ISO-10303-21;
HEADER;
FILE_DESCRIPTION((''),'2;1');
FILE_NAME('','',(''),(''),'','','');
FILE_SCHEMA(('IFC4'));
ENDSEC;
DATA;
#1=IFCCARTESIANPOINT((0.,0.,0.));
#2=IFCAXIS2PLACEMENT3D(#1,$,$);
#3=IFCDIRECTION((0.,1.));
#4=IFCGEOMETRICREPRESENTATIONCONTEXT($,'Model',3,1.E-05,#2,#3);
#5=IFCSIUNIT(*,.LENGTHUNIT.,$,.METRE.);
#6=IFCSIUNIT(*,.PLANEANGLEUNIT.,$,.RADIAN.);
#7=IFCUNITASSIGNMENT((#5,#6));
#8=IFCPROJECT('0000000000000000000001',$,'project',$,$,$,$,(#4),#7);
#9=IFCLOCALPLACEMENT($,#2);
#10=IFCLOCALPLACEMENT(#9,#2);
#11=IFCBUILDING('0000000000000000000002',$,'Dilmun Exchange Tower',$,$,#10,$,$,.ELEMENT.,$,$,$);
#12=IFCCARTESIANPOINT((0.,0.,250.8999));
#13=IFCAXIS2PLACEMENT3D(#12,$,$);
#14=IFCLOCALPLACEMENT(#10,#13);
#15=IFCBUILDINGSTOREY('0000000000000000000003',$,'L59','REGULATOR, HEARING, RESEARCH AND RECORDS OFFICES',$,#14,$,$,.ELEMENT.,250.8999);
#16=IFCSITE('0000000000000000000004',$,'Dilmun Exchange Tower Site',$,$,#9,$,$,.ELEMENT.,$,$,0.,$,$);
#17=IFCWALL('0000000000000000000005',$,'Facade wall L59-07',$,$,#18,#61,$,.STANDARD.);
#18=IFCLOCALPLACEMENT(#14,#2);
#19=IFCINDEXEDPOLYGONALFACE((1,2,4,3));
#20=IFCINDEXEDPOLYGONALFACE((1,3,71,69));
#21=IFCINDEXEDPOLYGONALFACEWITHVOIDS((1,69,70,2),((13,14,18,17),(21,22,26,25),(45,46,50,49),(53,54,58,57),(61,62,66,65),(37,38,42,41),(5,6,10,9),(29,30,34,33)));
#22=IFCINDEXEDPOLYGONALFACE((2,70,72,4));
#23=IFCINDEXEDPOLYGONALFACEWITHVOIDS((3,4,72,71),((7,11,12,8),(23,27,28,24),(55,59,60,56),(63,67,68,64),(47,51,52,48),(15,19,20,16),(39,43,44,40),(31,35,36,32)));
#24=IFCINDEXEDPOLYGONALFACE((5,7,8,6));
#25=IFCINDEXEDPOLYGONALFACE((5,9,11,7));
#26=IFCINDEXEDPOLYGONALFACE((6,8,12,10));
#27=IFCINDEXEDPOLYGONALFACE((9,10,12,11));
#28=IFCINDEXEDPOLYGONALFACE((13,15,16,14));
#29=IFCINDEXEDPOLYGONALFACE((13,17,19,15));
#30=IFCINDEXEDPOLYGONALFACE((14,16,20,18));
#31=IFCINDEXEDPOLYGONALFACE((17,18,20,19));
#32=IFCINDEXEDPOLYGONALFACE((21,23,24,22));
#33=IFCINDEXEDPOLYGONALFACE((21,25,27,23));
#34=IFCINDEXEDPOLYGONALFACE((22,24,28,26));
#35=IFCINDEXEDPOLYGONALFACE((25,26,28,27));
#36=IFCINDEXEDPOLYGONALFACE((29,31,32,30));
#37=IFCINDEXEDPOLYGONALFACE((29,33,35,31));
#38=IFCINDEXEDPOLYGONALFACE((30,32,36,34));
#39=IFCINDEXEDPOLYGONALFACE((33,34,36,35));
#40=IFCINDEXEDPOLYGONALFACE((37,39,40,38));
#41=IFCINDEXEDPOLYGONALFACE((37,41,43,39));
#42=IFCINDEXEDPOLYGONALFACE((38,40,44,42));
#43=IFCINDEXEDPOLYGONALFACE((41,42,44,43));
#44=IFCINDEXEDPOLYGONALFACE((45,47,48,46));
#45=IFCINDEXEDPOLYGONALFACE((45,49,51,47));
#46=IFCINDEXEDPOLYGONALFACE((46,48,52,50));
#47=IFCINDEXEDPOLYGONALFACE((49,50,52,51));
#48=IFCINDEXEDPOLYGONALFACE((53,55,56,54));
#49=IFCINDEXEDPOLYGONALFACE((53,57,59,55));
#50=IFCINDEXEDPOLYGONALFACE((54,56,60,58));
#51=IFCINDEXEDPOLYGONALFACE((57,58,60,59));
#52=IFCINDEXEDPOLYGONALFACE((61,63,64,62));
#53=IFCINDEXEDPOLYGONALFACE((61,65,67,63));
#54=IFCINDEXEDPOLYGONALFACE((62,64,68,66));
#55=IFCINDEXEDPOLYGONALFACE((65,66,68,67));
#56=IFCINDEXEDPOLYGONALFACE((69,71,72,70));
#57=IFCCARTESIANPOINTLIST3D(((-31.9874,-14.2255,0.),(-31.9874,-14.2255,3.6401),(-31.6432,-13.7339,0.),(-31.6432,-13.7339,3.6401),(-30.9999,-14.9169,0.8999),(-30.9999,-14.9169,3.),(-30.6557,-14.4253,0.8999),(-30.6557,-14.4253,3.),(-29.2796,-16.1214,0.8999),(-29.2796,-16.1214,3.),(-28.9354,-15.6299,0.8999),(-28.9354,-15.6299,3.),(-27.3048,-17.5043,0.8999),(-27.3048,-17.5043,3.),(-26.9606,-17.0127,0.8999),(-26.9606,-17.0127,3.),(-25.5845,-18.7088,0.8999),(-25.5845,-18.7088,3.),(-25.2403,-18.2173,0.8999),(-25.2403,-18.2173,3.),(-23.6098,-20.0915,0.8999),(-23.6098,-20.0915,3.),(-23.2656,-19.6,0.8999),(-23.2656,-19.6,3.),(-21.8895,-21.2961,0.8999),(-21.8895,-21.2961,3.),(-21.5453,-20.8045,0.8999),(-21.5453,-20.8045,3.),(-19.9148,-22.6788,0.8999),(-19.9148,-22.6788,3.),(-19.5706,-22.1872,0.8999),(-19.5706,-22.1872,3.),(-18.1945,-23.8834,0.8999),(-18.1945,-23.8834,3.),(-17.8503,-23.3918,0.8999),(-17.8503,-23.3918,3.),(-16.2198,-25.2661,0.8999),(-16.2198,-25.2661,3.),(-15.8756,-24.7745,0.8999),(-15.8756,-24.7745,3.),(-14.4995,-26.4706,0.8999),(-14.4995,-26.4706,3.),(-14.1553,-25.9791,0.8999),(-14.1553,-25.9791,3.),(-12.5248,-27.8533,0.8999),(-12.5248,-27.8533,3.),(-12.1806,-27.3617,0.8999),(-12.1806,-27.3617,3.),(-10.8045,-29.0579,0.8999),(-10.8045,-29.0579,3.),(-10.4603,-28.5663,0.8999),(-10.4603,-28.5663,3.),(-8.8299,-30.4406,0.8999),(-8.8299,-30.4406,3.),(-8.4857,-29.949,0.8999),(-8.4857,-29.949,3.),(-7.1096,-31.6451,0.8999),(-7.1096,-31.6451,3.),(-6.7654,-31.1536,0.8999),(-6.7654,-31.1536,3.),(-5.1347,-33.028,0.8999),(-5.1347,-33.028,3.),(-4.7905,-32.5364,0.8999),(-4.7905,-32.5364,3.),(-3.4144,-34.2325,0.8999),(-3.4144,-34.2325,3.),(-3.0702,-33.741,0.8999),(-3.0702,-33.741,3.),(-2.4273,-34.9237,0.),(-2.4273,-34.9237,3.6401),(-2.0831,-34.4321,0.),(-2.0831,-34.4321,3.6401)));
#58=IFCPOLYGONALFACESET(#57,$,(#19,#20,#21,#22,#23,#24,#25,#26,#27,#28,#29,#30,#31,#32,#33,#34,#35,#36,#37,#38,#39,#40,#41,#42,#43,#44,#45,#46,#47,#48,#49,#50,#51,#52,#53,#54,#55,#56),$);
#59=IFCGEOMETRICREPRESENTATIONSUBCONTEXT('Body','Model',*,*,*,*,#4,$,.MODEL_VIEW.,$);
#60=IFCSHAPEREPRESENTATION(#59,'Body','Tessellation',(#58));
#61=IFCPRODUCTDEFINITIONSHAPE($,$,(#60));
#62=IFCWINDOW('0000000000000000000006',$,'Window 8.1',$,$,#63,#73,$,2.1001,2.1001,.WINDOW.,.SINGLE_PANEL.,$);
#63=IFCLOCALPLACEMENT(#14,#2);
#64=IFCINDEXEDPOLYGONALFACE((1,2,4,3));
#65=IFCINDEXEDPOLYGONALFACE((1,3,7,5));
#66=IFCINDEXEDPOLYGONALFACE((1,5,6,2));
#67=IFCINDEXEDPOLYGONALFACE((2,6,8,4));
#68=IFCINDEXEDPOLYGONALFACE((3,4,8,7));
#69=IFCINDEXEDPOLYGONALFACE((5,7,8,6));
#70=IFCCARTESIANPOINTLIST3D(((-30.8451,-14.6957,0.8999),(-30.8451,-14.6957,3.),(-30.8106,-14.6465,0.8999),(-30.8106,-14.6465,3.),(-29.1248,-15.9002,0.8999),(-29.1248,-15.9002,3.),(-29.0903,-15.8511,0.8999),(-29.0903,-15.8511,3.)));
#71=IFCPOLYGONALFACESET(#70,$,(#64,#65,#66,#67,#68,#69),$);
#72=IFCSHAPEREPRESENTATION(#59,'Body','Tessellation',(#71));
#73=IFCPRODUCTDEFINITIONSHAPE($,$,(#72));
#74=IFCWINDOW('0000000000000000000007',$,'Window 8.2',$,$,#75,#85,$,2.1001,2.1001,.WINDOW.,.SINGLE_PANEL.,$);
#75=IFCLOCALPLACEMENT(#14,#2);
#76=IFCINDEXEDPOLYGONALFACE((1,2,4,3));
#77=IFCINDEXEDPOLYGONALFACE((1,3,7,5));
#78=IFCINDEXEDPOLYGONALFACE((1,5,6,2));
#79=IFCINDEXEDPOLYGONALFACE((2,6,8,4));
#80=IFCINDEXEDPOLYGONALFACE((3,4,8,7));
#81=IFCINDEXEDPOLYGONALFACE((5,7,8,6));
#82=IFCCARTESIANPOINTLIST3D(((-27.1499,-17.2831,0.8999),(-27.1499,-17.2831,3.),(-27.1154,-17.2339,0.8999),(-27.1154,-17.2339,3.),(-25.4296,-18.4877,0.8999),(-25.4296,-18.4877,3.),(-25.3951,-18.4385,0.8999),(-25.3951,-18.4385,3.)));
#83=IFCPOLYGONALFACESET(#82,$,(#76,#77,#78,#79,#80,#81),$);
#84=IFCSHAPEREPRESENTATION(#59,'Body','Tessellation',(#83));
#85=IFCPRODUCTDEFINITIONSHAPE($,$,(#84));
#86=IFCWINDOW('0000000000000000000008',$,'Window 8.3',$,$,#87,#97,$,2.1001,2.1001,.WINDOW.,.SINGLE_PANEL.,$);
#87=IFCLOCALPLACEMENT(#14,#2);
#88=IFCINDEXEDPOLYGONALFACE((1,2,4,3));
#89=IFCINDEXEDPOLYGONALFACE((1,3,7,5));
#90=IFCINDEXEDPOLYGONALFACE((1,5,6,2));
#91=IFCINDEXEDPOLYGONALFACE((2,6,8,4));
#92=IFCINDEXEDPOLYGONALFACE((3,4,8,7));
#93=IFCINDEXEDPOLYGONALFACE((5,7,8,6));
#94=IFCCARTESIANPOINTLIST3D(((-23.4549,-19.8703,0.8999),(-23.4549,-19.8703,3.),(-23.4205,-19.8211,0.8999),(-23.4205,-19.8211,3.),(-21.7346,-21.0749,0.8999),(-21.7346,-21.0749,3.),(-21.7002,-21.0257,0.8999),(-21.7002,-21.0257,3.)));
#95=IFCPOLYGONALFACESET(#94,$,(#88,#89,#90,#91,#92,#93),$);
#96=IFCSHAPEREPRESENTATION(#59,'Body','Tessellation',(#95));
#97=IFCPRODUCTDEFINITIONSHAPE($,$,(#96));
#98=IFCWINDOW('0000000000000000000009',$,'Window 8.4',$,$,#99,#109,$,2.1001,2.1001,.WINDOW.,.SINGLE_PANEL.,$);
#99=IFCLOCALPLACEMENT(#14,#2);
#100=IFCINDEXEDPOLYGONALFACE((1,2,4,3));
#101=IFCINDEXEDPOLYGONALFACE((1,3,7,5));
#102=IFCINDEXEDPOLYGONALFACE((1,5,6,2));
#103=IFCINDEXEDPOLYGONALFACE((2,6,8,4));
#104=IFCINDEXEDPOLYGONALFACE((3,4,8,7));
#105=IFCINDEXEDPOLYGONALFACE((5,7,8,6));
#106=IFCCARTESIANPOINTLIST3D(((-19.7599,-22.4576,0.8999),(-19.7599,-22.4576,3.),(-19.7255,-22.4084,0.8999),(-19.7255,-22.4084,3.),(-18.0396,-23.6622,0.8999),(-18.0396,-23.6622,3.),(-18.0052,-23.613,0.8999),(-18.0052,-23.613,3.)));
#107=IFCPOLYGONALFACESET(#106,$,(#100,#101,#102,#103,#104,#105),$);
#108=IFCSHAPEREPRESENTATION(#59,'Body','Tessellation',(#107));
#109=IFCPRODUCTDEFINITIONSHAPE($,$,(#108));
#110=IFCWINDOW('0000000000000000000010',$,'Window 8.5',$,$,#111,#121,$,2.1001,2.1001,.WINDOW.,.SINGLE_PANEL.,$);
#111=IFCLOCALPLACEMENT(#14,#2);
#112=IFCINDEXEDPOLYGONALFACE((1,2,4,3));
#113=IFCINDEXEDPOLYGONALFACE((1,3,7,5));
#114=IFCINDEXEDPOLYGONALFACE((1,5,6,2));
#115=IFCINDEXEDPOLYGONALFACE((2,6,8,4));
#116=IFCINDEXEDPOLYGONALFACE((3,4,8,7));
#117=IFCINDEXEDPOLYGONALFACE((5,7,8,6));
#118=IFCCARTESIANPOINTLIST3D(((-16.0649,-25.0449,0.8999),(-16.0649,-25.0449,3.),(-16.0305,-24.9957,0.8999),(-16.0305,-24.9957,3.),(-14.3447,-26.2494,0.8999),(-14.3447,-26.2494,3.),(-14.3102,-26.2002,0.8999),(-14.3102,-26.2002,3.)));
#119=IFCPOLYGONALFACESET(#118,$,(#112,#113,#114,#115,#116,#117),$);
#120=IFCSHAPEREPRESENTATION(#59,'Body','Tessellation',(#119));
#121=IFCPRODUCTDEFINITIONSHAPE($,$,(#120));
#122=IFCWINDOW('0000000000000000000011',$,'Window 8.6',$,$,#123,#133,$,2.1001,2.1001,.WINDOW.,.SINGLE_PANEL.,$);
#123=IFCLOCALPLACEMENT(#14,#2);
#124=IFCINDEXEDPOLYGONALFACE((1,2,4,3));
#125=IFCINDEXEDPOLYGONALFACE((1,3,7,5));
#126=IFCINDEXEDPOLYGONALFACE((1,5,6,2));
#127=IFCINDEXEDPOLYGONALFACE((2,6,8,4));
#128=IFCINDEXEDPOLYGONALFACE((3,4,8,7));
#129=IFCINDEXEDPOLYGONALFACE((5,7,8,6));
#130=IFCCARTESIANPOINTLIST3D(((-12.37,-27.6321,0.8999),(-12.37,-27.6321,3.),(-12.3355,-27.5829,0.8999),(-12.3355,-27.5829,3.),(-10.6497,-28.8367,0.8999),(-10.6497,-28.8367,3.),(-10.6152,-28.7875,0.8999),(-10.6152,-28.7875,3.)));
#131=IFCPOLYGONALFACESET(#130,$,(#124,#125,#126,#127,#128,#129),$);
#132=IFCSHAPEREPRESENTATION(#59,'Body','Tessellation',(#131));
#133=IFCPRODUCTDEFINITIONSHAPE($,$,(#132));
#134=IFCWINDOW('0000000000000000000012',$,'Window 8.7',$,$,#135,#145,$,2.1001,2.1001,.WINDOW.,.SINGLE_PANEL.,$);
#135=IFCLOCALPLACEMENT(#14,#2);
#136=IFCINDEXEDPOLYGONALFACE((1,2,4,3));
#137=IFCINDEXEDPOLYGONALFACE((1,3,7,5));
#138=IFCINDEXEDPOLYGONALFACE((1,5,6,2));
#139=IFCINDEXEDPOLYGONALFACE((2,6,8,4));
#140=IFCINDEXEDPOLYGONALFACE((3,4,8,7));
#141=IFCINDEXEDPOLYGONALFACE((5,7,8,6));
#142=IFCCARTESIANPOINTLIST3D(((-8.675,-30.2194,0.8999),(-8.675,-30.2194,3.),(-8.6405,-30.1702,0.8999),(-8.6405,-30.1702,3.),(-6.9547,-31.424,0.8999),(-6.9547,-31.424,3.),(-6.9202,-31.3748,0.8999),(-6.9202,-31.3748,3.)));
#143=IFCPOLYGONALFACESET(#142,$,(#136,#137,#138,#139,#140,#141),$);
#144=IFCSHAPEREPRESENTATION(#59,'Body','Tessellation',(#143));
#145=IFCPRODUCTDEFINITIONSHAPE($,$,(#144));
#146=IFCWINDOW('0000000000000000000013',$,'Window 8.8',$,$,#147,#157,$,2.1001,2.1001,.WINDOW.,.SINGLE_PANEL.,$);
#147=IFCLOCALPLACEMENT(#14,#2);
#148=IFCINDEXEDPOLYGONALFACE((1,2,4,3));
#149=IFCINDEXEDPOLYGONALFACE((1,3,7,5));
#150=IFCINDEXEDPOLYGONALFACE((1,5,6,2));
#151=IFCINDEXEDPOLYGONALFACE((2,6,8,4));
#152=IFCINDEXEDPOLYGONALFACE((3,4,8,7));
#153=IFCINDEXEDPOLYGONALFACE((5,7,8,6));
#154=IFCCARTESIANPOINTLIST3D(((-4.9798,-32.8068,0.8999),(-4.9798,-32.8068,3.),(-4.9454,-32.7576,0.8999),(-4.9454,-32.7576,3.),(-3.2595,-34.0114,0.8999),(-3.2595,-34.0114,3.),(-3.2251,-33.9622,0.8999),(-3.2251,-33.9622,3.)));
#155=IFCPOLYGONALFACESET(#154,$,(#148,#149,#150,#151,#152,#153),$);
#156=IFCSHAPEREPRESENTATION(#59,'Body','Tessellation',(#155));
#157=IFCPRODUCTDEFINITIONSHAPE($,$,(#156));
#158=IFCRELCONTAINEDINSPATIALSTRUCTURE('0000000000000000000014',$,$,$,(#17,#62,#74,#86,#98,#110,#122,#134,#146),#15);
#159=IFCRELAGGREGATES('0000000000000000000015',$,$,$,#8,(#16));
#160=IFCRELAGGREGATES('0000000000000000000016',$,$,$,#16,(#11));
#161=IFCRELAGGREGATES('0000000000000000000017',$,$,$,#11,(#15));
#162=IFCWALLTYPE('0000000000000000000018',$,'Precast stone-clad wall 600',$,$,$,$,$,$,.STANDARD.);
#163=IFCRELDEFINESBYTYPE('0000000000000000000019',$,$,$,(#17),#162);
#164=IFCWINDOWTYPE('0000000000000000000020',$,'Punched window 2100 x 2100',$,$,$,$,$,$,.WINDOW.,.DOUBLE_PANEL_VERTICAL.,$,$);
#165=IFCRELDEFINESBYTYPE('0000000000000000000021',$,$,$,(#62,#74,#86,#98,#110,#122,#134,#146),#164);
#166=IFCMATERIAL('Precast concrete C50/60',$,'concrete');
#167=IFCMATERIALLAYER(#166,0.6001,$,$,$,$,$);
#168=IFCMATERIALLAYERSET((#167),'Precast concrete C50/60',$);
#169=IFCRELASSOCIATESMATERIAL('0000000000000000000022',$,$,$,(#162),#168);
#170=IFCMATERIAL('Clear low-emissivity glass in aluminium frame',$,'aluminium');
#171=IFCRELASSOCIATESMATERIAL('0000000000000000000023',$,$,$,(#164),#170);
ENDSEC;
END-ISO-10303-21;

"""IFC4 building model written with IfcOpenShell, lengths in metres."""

from ifc_helpers import new_model, si_unit, direction, frame, frame_2d, origin, place, context, subcontext, project, spatial, rectangle, extrude, material, layer, layer_set, type_object, element, fill, save


model = new_model("IFC4")

# Units and contexts
model_context = context("Model", 3, precision=1e-05, world=origin(), true_north=direction((0.0, 1.0)))
body_context = subcontext(model_context, "Body", "Model", "MODEL_VIEW")
ifc_project = project(units=[si_unit("LENGTHUNIT", "METRE"), si_unit("PLANEANGLEUNIT", "RADIAN")], contexts=[model_context])

# Site, building, storey
site_placement = place(None, origin())
site = spatial("IfcSite", under=ifc_project, at=site_placement, Name="Dilmun Exchange Tower Site", CompositionType="ELEMENT", RefElevation=0.0)
building_placement = place(site_placement, origin())
building = spatial("IfcBuilding", under=site, at=building_placement, Name="Dilmun Exchange Tower", CompositionType="ELEMENT")
storey_placement = place(building_placement, frame((0.0, 0.0, 250.8999)))
storey = spatial("IfcBuildingStorey", under=building, at=storey_placement, Name="L59", Description="REGULATOR, HEARING, RESEARCH AND RECORDS OFFICES", CompositionType="ELEMENT", Elevation=250.8999)

# Shared definitions
ifc_material_1 = material(Name="Precast concrete C50/60", Category="concrete")
ifc_layer_1 = layer(ifc_material_1, 0.6001)
ifc_layer_set_1 = layer_set([ifc_layer_1], Name="Precast concrete C50/60")
wall_type_1 = type_object("IfcWallType", Name="Precast stone-clad wall 600", PredefinedType="STANDARD", material=ifc_layer_set_1)
ifc_material_2 = material(Name="Clear low-emissivity glass in aluminium frame", Category="aluminium")

# Wall, openings, windows
wall_1_placement = place(storey_placement, frame((-31.8152, -13.9797, 0.0), z_axis=(0.0, 0.0, 1.0), x_axis=(0.819151, -0.573578, 0.0)))
wall_1 = element("IfcWall", 1, at=wall_1_placement, inside=storey, type_object=wall_type_1, Name="Facade wall L59-07", PredefinedType="STANDARD", context=body_context, shape_type="SweptSolid", body=[
    extrude(rectangle(XDim=36.0862, YDim=0.6001, at=frame_2d((18.043, 0.0))), origin(), (0.0, 0.0, 1.0), 3.6401),
])
opening_1_placement = place(wall_1_placement, frame((1.2053, 0.0, 0.8999)))
opening_1 = element("IfcOpeningElement", 2, at=opening_1_placement, cuts=wall_1, PredefinedType="OPENING", context=body_context, shape_type="SweptSolid", body=[
    extrude(rectangle(XDim=2.1001, YDim=2.1001, at=frame_2d((1.05, 1.05))), frame((0.0, 0.3101, 0.0), z_axis=(0.0, -1.0, 0.0), x_axis=(1.0, 0.0, 0.0)), (0.0, 0.0, 1.0), 0.6201),
])
opening_2_placement = place(wall_1_placement, frame((5.7163, 0.0, 0.8999)))
opening_2 = element("IfcOpeningElement", 3, at=opening_2_placement, cuts=wall_1, PredefinedType="OPENING", context=body_context, shape_type="SweptSolid", body=[
    extrude(rectangle(XDim=2.1001, YDim=2.1001, at=frame_2d((1.05, 1.05))), frame((0.0, 0.3101, 0.0), z_axis=(0.0, -1.0, 0.0), x_axis=(1.0, 0.0, 0.0)), (0.0, 0.0, 1.0), 0.6201),
])
opening_3_placement = place(wall_1_placement, frame((10.2271, 0.0, 0.8999)))
opening_3 = element("IfcOpeningElement", 4, at=opening_3_placement, cuts=wall_1, PredefinedType="OPENING", context=body_context, shape_type="SweptSolid", body=[
    extrude(rectangle(XDim=2.1001, YDim=2.1001, at=frame_2d((1.05, 1.05))), frame((0.0, 0.3101, 0.0), z_axis=(0.0, -1.0, 0.0), x_axis=(1.0, 0.0, 0.0)), (0.0, 0.0, 1.0), 0.6201),
])
opening_4_placement = place(wall_1_placement, frame((14.7378, 0.0, 0.8999)))
opening_4 = element("IfcOpeningElement", 5, at=opening_4_placement, cuts=wall_1, PredefinedType="OPENING", context=body_context, shape_type="SweptSolid", body=[
    extrude(rectangle(XDim=2.1001, YDim=2.1001, at=frame_2d((1.05, 1.05))), frame((0.0, 0.3101, 0.0), z_axis=(0.0, -1.0, 0.0), x_axis=(1.0, 0.0, 0.0)), (0.0, 0.0, 1.0), 0.6201),
])
opening_5_placement = place(wall_1_placement, frame((19.2485, 0.0, 0.8999)))
opening_5 = element("IfcOpeningElement", 6, at=opening_5_placement, cuts=wall_1, PredefinedType="OPENING", context=body_context, shape_type="SweptSolid", body=[
    extrude(rectangle(XDim=2.1001, YDim=2.1001, at=frame_2d((1.05, 1.05))), frame((0.0, 0.3101, 0.0), z_axis=(0.0, -1.0, 0.0), x_axis=(1.0, 0.0, 0.0)), (0.0, 0.0, 1.0), 0.6201),
])
opening_6_placement = place(wall_1_placement, frame((23.7593, 0.0, 0.8999)))
opening_6 = element("IfcOpeningElement", 7, at=opening_6_placement, cuts=wall_1, PredefinedType="OPENING", context=body_context, shape_type="SweptSolid", body=[
    extrude(rectangle(XDim=2.1001, YDim=2.1001, at=frame_2d((1.05, 1.05))), frame((0.0, 0.3101, 0.0), z_axis=(0.0, -1.0, 0.0), x_axis=(1.0, 0.0, 0.0)), (0.0, 0.0, 1.0), 0.6201),
])
opening_7_placement = place(wall_1_placement, frame((28.27, 0.0, 0.8999)))
opening_7 = element("IfcOpeningElement", 8, at=opening_7_placement, cuts=wall_1, PredefinedType="OPENING", context=body_context, shape_type="SweptSolid", body=[
    extrude(rectangle(XDim=2.1001, YDim=2.1001, at=frame_2d((1.05, 1.05))), frame((0.0, 0.3101, 0.0), z_axis=(0.0, -1.0, 0.0), x_axis=(1.0, 0.0, 0.0)), (0.0, 0.0, 1.0), 0.6201),
])
opening_8_placement = place(wall_1_placement, frame((32.781, 0.0, 0.8999)))
opening_8 = element("IfcOpeningElement", 9, at=opening_8_placement, cuts=wall_1, PredefinedType="OPENING", context=body_context, shape_type="SweptSolid", body=[
    extrude(rectangle(XDim=2.1001, YDim=2.1001, at=frame_2d((1.05, 1.05))), frame((0.0, 0.3101, 0.0), z_axis=(0.0, -1.0, 0.0), x_axis=(1.0, 0.0, 0.0)), (0.0, 0.0, 1.0), 0.6201),
])
window_type_1 = type_object("IfcWindowType", Name="Punched window 2100 x 2100", PartitioningType="DOUBLE_PANEL_VERTICAL", PredefinedType="WINDOW", material=ifc_material_2)
window_1_placement = place(opening_1_placement, origin())
window_1 = element("IfcWindow", 10, at=window_1_placement, inside=storey, type_object=window_type_1, Name="Window 8.1", OverallHeight=2.1001, OverallWidth=2.1001, PartitioningType="SINGLE_PANEL", PredefinedType="WINDOW", context=body_context, shape_type="SweptSolid", body=[
    extrude(rectangle(XDim=2.1001, YDim=2.1001, at=frame_2d((1.05, 1.05))), frame((0.0, 0.03, 0.0), z_axis=(0.0, -1.0, 0.0), x_axis=(1.0, 0.0, 0.0)), (0.0, 0.0, 1.0), 0.0601),
])
fill(opening_1, window_1)
window_2_placement = place(opening_2_placement, origin())
window_2 = element("IfcWindow", 11, at=window_2_placement, inside=storey, type_object=window_type_1, Name="Window 8.2", OverallHeight=2.1001, OverallWidth=2.1001, PartitioningType="SINGLE_PANEL", PredefinedType="WINDOW", context=body_context, shape_type="SweptSolid", body=[
    extrude(rectangle(XDim=2.1001, YDim=2.1001, at=frame_2d((1.05, 1.05))), frame((0.0, 0.03, 0.0), z_axis=(0.0, -1.0, 0.0), x_axis=(1.0, 0.0, 0.0)), (0.0, 0.0, 1.0), 0.0601),
])
fill(opening_2, window_2)
window_3_placement = place(opening_3_placement, origin())
window_3 = element("IfcWindow", 12, at=window_3_placement, inside=storey, type_object=window_type_1, Name="Window 8.3", OverallHeight=2.1001, OverallWidth=2.1001, PartitioningType="SINGLE_PANEL", PredefinedType="WINDOW", context=body_context, shape_type="SweptSolid", body=[
    extrude(rectangle(XDim=2.1001, YDim=2.1001, at=frame_2d((1.05, 1.05))), frame((0.0, 0.03, 0.0), z_axis=(0.0, -1.0, 0.0), x_axis=(1.0, 0.0, 0.0)), (0.0, 0.0, 1.0), 0.0601),
])
fill(opening_3, window_3)
window_4_placement = place(opening_4_placement, origin())
window_4 = element("IfcWindow", 13, at=window_4_placement, inside=storey, type_object=window_type_1, Name="Window 8.4", OverallHeight=2.1001, OverallWidth=2.1001, PartitioningType="SINGLE_PANEL", PredefinedType="WINDOW", context=body_context, shape_type="SweptSolid", body=[
    extrude(rectangle(XDim=2.1001, YDim=2.1001, at=frame_2d((1.05, 1.05))), frame((0.0, 0.03, 0.0), z_axis=(0.0, -1.0, 0.0), x_axis=(1.0, 0.0, 0.0)), (0.0, 0.0, 1.0), 0.0601),
])
fill(opening_4, window_4)
window_5_placement = place(opening_5_placement, origin())
window_5 = element("IfcWindow", 14, at=window_5_placement, inside=storey, type_object=window_type_1, Name="Window 8.5", OverallHeight=2.1001, OverallWidth=2.1001, PartitioningType="SINGLE_PANEL", PredefinedType="WINDOW", context=body_context, shape_type="SweptSolid", body=[
    extrude(rectangle(XDim=2.1001, YDim=2.1001, at=frame_2d((1.05, 1.05))), frame((0.0, 0.03, 0.0), z_axis=(0.0, -1.0, 0.0), x_axis=(1.0, 0.0, 0.0)), (0.0, 0.0, 1.0), 0.0601),
])
fill(opening_5, window_5)
window_6_placement = place(opening_6_placement, origin())
window_6 = element("IfcWindow", 15, at=window_6_placement, inside=storey, type_object=window_type_1, Name="Window 8.6", OverallHeight=2.1001, OverallWidth=2.1001, PartitioningType="SINGLE_PANEL", PredefinedType="WINDOW", context=body_context, shape_type="SweptSolid", body=[
    extrude(rectangle(XDim=2.1001, YDim=2.1001, at=frame_2d((1.05, 1.05))), frame((0.0, 0.03, 0.0), z_axis=(0.0, -1.0, 0.0), x_axis=(1.0, 0.0, 0.0)), (0.0, 0.0, 1.0), 0.0601),
])
fill(opening_6, window_6)
window_7_placement = place(opening_7_placement, origin())
window_7 = element("IfcWindow", 16, at=window_7_placement, inside=storey, type_object=window_type_1, Name="Window 8.7", OverallHeight=2.1001, OverallWidth=2.1001, PartitioningType="SINGLE_PANEL", PredefinedType="WINDOW", context=body_context, shape_type="SweptSolid", body=[
    extrude(rectangle(XDim=2.1001, YDim=2.1001, at=frame_2d((1.05, 1.05))), frame((0.0, 0.03, 0.0), z_axis=(0.0, -1.0, 0.0), x_axis=(1.0, 0.0, 0.0)), (0.0, 0.0, 1.0), 0.0601),
])
fill(opening_7, window_7)
window_8_placement = place(opening_8_placement, origin())
window_8 = element("IfcWindow", 17, at=window_8_placement, inside=storey, type_object=window_type_1, Name="Window 8.8", OverallHeight=2.1001, OverallWidth=2.1001, PartitioningType="SINGLE_PANEL", PredefinedType="WINDOW", context=body_context, shape_type="SweptSolid", body=[
    extrude(rectangle(XDim=2.1001, YDim=2.1001, at=frame_2d((1.05, 1.05))), frame((0.0, 0.03, 0.0), z_axis=(0.0, -1.0, 0.0), x_axis=(1.0, 0.0, 0.0)), (0.0, 0.0, 1.0), 0.0601),
])
fill(opening_8, window_8)

save(model, "model.ifc")
